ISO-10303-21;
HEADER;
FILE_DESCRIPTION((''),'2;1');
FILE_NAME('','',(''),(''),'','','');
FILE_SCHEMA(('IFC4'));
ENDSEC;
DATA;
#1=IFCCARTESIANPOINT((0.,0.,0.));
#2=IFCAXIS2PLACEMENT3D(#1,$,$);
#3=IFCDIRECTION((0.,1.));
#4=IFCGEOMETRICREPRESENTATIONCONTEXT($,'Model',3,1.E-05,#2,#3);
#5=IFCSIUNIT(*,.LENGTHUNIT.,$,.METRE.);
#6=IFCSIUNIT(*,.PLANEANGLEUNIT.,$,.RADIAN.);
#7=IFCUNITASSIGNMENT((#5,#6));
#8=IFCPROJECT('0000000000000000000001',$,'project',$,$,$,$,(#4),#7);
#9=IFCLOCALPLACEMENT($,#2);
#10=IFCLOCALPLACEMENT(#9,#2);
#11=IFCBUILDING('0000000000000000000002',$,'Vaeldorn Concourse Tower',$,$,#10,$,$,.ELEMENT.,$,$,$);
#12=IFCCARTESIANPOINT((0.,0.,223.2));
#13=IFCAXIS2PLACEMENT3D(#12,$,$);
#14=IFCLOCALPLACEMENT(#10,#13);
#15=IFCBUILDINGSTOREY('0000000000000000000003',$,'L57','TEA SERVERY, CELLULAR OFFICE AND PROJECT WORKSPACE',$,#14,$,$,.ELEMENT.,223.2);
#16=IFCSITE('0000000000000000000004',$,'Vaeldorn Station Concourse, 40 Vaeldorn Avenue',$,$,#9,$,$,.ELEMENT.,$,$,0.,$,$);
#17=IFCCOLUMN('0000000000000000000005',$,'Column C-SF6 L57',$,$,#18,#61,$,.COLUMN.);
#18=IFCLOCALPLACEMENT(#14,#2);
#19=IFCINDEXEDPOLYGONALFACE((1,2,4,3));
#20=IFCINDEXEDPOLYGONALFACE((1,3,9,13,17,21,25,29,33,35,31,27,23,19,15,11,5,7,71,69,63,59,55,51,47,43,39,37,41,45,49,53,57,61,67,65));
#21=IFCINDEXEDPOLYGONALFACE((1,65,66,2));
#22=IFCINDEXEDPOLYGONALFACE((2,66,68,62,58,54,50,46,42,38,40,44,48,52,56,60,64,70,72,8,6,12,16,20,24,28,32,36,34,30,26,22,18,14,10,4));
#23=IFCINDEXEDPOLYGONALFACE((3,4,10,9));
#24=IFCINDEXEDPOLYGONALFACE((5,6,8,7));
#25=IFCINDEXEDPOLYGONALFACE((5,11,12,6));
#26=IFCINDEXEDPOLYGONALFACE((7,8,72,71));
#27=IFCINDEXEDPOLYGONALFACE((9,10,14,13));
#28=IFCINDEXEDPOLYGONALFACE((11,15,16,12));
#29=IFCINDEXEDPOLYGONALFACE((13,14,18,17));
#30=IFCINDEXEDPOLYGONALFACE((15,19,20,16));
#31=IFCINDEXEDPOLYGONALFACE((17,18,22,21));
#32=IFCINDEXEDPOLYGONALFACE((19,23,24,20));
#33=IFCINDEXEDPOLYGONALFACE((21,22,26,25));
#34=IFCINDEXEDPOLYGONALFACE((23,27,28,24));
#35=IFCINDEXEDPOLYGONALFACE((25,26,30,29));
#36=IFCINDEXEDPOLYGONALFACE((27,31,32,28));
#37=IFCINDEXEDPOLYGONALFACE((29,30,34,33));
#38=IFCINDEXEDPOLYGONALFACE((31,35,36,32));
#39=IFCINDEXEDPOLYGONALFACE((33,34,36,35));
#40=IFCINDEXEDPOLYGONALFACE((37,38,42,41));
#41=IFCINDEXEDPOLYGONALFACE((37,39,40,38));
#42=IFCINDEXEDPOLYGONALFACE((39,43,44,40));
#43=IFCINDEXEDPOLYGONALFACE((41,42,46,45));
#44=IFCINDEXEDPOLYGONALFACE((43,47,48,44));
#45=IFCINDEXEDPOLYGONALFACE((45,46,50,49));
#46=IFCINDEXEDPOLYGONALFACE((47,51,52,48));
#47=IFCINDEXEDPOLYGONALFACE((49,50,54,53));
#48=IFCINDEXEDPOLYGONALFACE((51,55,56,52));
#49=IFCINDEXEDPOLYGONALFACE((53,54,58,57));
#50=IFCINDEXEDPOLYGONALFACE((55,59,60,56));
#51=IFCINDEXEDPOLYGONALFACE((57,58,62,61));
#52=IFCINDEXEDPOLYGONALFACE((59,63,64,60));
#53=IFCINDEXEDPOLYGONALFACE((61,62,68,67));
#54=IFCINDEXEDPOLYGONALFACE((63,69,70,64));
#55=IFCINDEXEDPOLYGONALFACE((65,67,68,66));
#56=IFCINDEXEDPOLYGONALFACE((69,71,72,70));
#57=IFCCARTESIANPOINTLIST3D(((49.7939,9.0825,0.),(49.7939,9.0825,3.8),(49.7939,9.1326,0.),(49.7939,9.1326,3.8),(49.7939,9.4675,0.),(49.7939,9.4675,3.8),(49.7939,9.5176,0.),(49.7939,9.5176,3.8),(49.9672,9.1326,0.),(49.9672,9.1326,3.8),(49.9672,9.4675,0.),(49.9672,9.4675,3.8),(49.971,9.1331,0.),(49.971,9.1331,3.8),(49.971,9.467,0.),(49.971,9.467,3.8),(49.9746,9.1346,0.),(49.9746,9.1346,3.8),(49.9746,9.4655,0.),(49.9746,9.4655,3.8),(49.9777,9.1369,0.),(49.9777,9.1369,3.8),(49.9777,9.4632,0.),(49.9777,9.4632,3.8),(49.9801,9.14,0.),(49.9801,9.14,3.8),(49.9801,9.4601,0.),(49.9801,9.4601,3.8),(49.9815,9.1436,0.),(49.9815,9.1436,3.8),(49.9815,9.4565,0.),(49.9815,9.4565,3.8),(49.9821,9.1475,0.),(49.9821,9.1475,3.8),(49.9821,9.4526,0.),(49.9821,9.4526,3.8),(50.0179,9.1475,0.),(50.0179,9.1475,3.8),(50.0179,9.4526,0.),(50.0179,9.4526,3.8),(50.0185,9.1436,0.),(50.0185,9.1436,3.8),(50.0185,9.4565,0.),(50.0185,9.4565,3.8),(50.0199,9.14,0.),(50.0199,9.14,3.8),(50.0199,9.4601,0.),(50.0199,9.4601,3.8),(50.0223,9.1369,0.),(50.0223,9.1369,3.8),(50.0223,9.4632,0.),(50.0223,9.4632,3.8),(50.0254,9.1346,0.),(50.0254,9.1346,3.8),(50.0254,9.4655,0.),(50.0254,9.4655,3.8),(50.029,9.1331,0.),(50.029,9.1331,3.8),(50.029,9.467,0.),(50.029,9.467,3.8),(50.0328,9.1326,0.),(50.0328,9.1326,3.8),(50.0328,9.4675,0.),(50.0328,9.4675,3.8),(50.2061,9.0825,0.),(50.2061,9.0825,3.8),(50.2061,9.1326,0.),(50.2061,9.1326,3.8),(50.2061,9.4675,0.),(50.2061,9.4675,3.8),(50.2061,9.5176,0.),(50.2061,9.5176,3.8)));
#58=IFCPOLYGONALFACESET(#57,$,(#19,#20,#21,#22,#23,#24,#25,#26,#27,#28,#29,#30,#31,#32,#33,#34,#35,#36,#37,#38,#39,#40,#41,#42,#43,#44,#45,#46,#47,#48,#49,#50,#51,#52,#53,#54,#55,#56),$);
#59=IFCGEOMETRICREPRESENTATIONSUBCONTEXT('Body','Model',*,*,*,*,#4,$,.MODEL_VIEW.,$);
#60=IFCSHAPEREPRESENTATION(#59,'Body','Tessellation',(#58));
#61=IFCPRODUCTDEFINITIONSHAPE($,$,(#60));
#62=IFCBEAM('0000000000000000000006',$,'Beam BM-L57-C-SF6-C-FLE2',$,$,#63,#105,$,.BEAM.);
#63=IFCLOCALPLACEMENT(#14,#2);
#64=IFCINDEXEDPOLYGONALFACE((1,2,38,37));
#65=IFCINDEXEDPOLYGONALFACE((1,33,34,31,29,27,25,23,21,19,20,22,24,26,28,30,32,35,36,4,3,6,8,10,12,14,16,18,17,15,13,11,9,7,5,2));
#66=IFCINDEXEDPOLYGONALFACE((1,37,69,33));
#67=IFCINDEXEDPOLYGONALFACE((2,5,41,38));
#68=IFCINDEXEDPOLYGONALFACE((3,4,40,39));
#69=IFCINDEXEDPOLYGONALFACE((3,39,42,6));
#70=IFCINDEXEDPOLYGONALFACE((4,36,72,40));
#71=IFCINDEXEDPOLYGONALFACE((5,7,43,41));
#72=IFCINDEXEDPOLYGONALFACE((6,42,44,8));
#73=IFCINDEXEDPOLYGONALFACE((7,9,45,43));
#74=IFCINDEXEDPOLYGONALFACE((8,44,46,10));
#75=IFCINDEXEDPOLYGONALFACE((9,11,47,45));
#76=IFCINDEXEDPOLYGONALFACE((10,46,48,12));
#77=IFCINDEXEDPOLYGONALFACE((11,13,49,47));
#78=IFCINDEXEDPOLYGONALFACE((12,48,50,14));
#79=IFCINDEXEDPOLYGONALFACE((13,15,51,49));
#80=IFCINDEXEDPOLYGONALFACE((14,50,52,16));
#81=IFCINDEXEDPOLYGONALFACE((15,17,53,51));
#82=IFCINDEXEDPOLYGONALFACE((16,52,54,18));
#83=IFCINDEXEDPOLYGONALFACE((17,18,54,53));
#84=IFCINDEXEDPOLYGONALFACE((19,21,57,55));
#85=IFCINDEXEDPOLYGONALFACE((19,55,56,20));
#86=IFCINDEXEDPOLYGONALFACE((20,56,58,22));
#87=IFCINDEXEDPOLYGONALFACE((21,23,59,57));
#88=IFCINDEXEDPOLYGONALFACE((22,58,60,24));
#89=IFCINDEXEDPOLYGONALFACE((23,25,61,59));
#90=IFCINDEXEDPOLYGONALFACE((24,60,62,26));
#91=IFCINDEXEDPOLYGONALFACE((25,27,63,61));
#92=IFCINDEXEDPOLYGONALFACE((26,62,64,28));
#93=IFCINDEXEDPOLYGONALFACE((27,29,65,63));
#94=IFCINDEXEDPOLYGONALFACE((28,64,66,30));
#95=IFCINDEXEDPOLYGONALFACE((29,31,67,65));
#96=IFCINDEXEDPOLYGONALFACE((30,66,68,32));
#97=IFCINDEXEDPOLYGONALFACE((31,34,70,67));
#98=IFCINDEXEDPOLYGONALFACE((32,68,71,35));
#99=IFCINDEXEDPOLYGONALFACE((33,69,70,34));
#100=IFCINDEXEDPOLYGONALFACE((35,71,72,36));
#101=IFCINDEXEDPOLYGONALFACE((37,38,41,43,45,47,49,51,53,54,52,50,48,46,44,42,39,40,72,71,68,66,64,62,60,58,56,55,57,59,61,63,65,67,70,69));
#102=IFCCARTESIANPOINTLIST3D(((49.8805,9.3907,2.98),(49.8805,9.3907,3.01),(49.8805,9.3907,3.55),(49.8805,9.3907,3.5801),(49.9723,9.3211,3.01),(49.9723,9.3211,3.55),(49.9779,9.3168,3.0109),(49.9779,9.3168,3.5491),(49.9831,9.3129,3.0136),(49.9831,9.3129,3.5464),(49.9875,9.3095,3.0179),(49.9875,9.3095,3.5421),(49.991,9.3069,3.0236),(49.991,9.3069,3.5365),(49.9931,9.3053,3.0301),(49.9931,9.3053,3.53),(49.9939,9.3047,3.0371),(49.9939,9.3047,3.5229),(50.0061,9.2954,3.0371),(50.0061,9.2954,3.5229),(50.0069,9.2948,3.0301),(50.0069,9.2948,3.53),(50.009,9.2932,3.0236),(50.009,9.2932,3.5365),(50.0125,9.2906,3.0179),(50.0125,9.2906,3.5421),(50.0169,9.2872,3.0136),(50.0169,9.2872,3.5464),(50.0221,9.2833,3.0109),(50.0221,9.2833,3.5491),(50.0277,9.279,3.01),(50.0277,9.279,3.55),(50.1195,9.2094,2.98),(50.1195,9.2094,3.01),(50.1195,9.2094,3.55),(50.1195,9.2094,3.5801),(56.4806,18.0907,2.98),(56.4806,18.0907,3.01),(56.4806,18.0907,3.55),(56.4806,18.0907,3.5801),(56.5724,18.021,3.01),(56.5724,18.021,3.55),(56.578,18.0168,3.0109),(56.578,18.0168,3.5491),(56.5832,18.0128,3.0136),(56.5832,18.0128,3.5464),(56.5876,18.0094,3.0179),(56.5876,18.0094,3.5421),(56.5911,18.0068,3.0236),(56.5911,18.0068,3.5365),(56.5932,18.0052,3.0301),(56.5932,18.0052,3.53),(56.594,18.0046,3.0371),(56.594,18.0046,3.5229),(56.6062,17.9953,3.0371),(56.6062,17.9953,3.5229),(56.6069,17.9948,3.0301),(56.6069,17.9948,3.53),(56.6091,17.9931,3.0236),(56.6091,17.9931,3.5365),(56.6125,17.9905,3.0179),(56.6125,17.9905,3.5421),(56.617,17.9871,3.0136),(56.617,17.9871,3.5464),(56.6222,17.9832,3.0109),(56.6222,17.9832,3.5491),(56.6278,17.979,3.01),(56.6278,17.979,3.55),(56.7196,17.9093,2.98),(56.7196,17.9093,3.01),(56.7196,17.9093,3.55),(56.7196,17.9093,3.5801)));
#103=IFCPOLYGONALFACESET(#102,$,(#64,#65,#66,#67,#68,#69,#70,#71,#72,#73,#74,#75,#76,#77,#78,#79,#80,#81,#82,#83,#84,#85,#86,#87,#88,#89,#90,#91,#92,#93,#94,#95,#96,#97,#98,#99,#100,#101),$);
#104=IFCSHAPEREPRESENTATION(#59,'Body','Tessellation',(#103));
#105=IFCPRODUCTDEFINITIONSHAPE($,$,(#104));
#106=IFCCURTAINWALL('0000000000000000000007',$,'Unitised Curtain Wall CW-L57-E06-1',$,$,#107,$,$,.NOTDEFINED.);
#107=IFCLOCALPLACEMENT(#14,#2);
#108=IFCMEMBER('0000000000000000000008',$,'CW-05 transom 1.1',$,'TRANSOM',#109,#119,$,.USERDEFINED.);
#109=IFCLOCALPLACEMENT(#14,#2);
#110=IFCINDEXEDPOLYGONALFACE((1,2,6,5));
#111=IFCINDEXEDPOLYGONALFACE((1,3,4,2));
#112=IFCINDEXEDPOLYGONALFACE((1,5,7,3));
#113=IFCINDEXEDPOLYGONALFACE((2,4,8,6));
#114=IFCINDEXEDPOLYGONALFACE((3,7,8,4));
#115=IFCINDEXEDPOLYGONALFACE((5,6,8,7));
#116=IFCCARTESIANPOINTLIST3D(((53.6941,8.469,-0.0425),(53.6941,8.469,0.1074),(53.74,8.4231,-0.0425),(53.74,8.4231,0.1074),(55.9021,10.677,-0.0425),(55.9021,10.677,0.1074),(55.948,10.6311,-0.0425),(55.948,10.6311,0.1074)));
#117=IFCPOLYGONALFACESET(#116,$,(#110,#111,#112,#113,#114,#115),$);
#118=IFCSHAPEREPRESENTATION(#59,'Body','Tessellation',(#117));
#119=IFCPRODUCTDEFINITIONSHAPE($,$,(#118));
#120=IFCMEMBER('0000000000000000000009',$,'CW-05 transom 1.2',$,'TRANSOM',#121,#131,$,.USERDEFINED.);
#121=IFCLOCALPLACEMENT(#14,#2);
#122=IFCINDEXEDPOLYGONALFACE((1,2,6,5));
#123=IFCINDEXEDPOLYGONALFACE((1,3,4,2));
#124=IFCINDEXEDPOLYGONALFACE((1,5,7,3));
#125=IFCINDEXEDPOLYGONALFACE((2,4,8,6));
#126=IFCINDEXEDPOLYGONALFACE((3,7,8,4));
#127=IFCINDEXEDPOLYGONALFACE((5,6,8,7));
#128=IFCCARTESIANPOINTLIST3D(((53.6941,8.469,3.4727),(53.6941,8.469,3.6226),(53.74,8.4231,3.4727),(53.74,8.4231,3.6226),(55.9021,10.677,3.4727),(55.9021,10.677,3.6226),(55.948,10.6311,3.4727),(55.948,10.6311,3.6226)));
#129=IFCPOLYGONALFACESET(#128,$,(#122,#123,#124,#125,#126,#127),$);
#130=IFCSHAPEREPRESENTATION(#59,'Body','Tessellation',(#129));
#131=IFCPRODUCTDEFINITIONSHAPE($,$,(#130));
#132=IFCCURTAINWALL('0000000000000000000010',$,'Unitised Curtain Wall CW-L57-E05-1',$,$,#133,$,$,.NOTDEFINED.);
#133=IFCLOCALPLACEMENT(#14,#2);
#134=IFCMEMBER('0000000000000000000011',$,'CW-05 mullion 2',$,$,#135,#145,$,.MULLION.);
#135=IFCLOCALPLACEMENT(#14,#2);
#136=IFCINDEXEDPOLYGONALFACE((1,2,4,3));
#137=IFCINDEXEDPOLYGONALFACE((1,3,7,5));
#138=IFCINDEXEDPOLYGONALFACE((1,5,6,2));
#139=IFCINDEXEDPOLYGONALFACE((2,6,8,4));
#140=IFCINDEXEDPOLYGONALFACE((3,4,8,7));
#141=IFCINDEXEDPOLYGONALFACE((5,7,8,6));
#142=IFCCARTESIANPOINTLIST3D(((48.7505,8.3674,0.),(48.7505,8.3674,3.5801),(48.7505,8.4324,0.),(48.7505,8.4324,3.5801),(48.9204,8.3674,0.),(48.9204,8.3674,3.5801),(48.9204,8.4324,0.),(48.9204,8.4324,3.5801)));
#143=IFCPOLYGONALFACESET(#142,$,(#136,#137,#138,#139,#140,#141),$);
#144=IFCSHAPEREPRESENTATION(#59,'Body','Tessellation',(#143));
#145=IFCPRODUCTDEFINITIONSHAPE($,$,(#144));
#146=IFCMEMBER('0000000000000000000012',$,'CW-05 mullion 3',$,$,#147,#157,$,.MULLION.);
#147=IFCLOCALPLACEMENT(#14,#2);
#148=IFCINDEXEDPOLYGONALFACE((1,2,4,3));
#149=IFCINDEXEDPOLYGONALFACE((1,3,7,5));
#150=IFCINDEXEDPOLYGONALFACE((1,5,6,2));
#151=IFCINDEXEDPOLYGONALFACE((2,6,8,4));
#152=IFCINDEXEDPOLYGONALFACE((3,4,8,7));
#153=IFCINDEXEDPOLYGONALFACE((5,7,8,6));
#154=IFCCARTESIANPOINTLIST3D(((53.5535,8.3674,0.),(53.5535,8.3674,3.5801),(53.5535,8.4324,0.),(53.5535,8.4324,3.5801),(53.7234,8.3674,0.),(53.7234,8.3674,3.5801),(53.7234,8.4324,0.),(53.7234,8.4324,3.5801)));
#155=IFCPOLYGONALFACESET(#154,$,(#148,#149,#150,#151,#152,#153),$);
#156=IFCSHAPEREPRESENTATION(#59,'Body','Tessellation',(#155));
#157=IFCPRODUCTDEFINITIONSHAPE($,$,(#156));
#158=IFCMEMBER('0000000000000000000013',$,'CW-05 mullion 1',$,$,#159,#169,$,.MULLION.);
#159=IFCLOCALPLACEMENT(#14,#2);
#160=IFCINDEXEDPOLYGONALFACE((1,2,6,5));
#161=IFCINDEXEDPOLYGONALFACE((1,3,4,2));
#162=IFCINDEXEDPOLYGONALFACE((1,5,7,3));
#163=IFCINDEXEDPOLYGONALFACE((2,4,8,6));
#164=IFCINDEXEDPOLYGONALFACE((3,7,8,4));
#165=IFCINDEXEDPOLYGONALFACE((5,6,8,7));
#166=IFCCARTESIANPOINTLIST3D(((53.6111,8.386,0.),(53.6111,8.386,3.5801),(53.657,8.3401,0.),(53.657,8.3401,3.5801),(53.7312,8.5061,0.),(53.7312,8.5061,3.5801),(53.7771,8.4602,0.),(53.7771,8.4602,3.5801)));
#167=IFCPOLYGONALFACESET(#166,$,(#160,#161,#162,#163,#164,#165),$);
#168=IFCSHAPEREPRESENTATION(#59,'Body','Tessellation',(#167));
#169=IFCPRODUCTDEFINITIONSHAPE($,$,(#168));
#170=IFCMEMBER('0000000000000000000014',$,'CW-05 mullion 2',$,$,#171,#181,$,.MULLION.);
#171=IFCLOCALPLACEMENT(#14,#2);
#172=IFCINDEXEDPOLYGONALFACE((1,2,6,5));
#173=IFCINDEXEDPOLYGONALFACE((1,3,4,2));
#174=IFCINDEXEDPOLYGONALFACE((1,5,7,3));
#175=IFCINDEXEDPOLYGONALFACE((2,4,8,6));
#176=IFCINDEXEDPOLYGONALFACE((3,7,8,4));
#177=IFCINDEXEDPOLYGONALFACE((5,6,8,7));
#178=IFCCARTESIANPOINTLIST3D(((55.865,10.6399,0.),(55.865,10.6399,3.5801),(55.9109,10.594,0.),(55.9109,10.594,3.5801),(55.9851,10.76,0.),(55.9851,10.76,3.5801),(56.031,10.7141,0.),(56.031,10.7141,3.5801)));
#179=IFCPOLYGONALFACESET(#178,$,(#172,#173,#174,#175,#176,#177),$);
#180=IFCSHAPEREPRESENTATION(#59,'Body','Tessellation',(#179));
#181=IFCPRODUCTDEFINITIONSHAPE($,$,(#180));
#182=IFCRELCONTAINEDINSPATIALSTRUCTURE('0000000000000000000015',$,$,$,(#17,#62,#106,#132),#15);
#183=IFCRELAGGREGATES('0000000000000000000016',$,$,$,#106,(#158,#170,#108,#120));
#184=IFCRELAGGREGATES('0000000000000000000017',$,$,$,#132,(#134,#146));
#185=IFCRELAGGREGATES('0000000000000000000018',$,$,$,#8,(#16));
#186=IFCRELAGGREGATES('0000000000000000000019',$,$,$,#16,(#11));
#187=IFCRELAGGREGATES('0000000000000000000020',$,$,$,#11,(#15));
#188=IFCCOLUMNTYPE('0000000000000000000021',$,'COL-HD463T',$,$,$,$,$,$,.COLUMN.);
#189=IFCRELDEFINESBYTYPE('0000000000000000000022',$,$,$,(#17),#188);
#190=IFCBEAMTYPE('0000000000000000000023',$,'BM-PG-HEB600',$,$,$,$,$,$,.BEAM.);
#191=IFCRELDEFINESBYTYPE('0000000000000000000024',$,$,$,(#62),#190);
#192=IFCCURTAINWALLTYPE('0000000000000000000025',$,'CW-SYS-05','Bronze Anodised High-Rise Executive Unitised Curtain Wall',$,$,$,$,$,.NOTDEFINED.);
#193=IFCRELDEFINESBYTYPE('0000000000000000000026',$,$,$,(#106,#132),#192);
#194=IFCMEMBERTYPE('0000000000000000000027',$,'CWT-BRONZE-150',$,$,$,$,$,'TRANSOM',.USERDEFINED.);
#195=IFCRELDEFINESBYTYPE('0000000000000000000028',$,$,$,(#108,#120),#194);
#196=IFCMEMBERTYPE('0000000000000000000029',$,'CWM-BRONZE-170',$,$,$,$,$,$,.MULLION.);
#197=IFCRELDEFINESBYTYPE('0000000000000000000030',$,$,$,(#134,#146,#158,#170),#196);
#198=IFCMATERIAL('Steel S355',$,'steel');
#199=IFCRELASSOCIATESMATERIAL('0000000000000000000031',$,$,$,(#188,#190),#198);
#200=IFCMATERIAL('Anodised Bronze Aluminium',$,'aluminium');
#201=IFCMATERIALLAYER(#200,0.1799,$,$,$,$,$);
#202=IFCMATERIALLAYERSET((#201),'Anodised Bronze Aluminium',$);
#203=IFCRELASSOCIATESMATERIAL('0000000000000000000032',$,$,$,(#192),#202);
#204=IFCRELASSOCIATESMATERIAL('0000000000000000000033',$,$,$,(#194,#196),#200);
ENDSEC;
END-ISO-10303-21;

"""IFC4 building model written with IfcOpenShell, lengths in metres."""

from ifc_helpers import new_model, si_unit, direction, frame, origin, origin_2d, place, context, subcontext, project, spatial, rectangle, i_section, extrude, source, transform, mapped, material, layer, layer_set, material_profile, profile_set, type_object, element, aggregate, save


model = new_model("IFC4")

# Units and contexts
model_context = context("Model", 3, precision=1e-05, world=origin(), true_north=direction((0.0, 1.0)))
body_context = subcontext(model_context, "Body", "Model", "MODEL_VIEW")
ifc_project = project(units=[si_unit("LENGTHUNIT", "METRE"), si_unit("PLANEANGLEUNIT", "RADIAN")], contexts=[model_context])

# Site, building, storey
site_placement = place(None, origin())
site = spatial("IfcSite", under=ifc_project, at=site_placement, Name="Vaeldorn Station Concourse, 40 Vaeldorn Avenue", CompositionType="ELEMENT", RefElevation=0.0)
building_placement = place(site_placement, origin())
building = spatial("IfcBuilding", under=site, at=building_placement, Name="Vaeldorn Concourse Tower", CompositionType="ELEMENT")
storey_placement = place(building_placement, frame((0.0, 0.0, 223.2)))
storey = spatial("IfcBuildingStorey", under=building, at=storey_placement, Name="L57", Description="TEA SERVERY, CELLULAR OFFICE AND PROJECT WORKSPACE", CompositionType="ELEMENT", Elevation=223.2)

# Column
ifc_material_1 = material(Name="Steel S355", Category="steel")
ifc_material_profile_1 = material_profile(ifc_material_1, i_section(OverallWidth=0.4121, OverallDepth=0.4351, WebThickness=0.0359, FlangeThickness=0.05, FilletRadius=0.0149, at=origin_2d()), Name="HD 400x463")
ifc_profile_set_1 = profile_set([ifc_material_profile_1], Name="Steel S355")
column_type = type_object("IfcColumnType", Name="COL-HD463T", PredefinedType="COLUMN", material=ifc_profile_set_1)
shared_shape_1 = source(origin(), body_context, "Body", "SweptSolid", [
    extrude(i_section(OverallWidth=0.4121, OverallDepth=0.4351, WebThickness=0.0359, FlangeThickness=0.05, FilletRadius=0.0149, at=origin_2d()), origin(), (0.0, 0.0, 1.0), 3.8),
])
column_placement = place(storey_placement, frame((50.0, 9.3, 0.0), z_axis=(0.0, 0.0, 1.0), x_axis=(1.0, 0.0, 0.0)))
element("IfcColumn", 1, at=column_placement, inside=storey, type_object=column_type, Name="Column C-SF6 L57", PredefinedType="COLUMN", context=body_context, shape_type="MappedRepresentation", body=[
    mapped(shared_shape_1, transform((0.0, 0.0, 0.0), scale=1.0)),
])

# Beam
ifc_material_profile_2 = material_profile(ifc_material_1, i_section(OverallWidth=0.3, OverallDepth=0.6001, WebThickness=0.0154, FlangeThickness=0.03, FilletRadius=0.0271, at=origin_2d()), Name="HEB 600")
ifc_profile_set_2 = profile_set([ifc_material_profile_2], Name="Steel S355")
beam_type = type_object("IfcBeamType", Name="BM-PG-HEB600", PredefinedType="BEAM", material=ifc_profile_set_2)
shared_shape_2 = source(origin(), body_context, "Body", "SweptSolid", [
    extrude(i_section(OverallWidth=0.3, OverallDepth=0.6001, WebThickness=0.0154, FlangeThickness=0.03, FilletRadius=0.0271, at=origin_2d()), origin(), (0.0, 0.0, 1.0), 10.9202),
])
beam_placement = place(storey_placement, frame((50.0, 9.3, 3.28), z_axis=(0.604394, 0.796685, 0.0), x_axis=(-0.796685, 0.604394, 0.0)))
element("IfcBeam", 2, at=beam_placement, inside=storey, type_object=beam_type, Name="Beam BM-L57-C-SF6-C-FLE2", PredefinedType="BEAM", context=body_context, shape_type="MappedRepresentation", body=[
    mapped(shared_shape_2, transform((0.0, 0.0, 0.0), scale=1.0)),
])

# Curtain walls, members
ifc_material_2 = material(Name="Anodised Bronze Aluminium", Category="aluminium")
ifc_layer_1 = layer(ifc_material_2, 0.1799)
ifc_layer_set_1 = layer_set([ifc_layer_1], Name="Anodised Bronze Aluminium")
curtain_wall_type = type_object("IfcCurtainWallType", Name="CW-SYS-05", Description="Bronze Anodised High-Rise Executive Unitised Curtain Wall", PredefinedType="NOTDEFINED", material=ifc_layer_set_1)
curtain_wall_1_placement = place(storey_placement, origin())
curtain_wall_1 = element("IfcCurtainWall", 3, at=curtain_wall_1_placement, inside=storey, type_object=curtain_wall_type, Name="Unitised Curtain Wall CW-L57-E06-1", PredefinedType="NOTDEFINED")
ifc_material_profile_3 = material_profile(ifc_material_2, rectangle(XDim=0.0649, YDim=0.1499, at=origin_2d()), Name="CWT 65x150")
ifc_profile_set_3 = profile_set([ifc_material_profile_3], Name="Anodised Bronze Aluminium")
member_type_1 = type_object("IfcMemberType", Name="CWT-BRONZE-150", ElementType="TRANSOM", PredefinedType="USERDEFINED", material=ifc_profile_set_3)
shared_shape_3 = source(origin(), body_context, "Body", "SweptSolid", [
    extrude(rectangle(XDim=0.0649, YDim=0.1499, at=origin_2d()), origin(), (0.0, 0.0, 1.0), 3.1226),
])
member_1_placement = place(storey_placement, frame((53.717, 8.446, 0.0325), z_axis=(0.707107, 0.707107, 0.0), x_axis=(-0.707107, 0.707107, 0.0)))
member_1 = element("IfcMember", 4, at=member_1_placement, type_object=member_type_1, Name="CW-05 transom 1.1", ObjectType="TRANSOM", PredefinedType="USERDEFINED", context=body_context, shape_type="MappedRepresentation", body=[
    mapped(shared_shape_3, transform((0.0, 0.0, 0.0), scale=1.0)),
])
member_2_placement = place(storey_placement, frame((53.717, 8.446, 3.5476), z_axis=(0.707107, 0.707107, 0.0), x_axis=(-0.707107, 0.707107, 0.0)))
member_2 = element("IfcMember", 5, at=member_2_placement, type_object=member_type_1, Name="CW-05 transom 1.2", ObjectType="TRANSOM", PredefinedType="USERDEFINED", context=body_context, shape_type="MappedRepresentation", body=[
    mapped(shared_shape_3, transform((0.0, 0.0, 0.0), scale=1.0)),
])
curtain_wall_2_placement = place(storey_placement, origin())
curtain_wall_2 = element("IfcCurtainWall", 6, at=curtain_wall_2_placement, inside=storey, type_object=curtain_wall_type, Name="Unitised Curtain Wall CW-L57-E05-1", PredefinedType="NOTDEFINED")
ifc_material_profile_4 = material_profile(ifc_material_2, rectangle(XDim=0.0649, YDim=0.1699, at=origin_2d()), Name="CWM 65x170")
ifc_profile_set_4 = profile_set([ifc_material_profile_4], Name="Anodised Bronze Aluminium")
member_type_2 = type_object("IfcMemberType", Name="CWM-BRONZE-170", PredefinedType="MULLION", material=ifc_profile_set_4)
shared_shape_4 = source(origin(), body_context, "Body", "SweptSolid", [
    extrude(rectangle(XDim=0.0649, YDim=0.1699, at=origin_2d()), origin(), (0.0, 0.0, 1.0), 3.5801),
])
member_3_placement = place(storey_placement, frame((48.8354, 8.3999, 0.0), z_axis=(0.0, 0.0, 1.0), x_axis=(0.0, 1.0, 0.0)))
member_3 = element("IfcMember", 7, at=member_3_placement, type_object=member_type_2, Name="CW-05 mullion 2", PredefinedType="MULLION", context=body_context, shape_type="MappedRepresentation", body=[
    mapped(shared_shape_4, transform((0.0, 0.0, 0.0), scale=1.0)),
])
member_4_placement = place(storey_placement, frame((53.6384, 8.3999, 0.0), z_axis=(0.0, 0.0, 1.0), x_axis=(0.0, 1.0, 0.0)))
member_4 = element("IfcMember", 8, at=member_4_placement, type_object=member_type_2, Name="CW-05 mullion 3", PredefinedType="MULLION", context=body_context, shape_type="MappedRepresentation", body=[
    mapped(shared_shape_4, transform((0.0, 0.0, 0.0), scale=1.0)),
])

# Members
member_5_placement = place(storey_placement, frame((53.6941, 8.4231, 0.0), z_axis=(0.0, 0.0, 1.0), x_axis=(-0.707107, 0.707107, 0.0)))
member_5 = element("IfcMember", 9, at=member_5_placement, type_object=member_type_2, Name="CW-05 mullion 1", PredefinedType="MULLION", context=body_context, shape_type="MappedRepresentation", body=[
    mapped(shared_shape_4, transform((0.0, 0.0, 0.0), scale=1.0)),
])
member_6_placement = place(storey_placement, frame((55.948, 10.677, 0.0), z_axis=(0.0, 0.0, 1.0), x_axis=(-0.707107, 0.707107, 0.0)))
member_6 = element("IfcMember", 10, at=member_6_placement, type_object=member_type_2, Name="CW-05 mullion 2", PredefinedType="MULLION", context=body_context, shape_type="MappedRepresentation", body=[
    mapped(shared_shape_4, transform((0.0, 0.0, 0.0), scale=1.0)),
])

aggregate(curtain_wall_1, [member_5, member_6, member_1, member_2])
aggregate(curtain_wall_2, [member_3, member_4])

save(model, "model.ifc")
